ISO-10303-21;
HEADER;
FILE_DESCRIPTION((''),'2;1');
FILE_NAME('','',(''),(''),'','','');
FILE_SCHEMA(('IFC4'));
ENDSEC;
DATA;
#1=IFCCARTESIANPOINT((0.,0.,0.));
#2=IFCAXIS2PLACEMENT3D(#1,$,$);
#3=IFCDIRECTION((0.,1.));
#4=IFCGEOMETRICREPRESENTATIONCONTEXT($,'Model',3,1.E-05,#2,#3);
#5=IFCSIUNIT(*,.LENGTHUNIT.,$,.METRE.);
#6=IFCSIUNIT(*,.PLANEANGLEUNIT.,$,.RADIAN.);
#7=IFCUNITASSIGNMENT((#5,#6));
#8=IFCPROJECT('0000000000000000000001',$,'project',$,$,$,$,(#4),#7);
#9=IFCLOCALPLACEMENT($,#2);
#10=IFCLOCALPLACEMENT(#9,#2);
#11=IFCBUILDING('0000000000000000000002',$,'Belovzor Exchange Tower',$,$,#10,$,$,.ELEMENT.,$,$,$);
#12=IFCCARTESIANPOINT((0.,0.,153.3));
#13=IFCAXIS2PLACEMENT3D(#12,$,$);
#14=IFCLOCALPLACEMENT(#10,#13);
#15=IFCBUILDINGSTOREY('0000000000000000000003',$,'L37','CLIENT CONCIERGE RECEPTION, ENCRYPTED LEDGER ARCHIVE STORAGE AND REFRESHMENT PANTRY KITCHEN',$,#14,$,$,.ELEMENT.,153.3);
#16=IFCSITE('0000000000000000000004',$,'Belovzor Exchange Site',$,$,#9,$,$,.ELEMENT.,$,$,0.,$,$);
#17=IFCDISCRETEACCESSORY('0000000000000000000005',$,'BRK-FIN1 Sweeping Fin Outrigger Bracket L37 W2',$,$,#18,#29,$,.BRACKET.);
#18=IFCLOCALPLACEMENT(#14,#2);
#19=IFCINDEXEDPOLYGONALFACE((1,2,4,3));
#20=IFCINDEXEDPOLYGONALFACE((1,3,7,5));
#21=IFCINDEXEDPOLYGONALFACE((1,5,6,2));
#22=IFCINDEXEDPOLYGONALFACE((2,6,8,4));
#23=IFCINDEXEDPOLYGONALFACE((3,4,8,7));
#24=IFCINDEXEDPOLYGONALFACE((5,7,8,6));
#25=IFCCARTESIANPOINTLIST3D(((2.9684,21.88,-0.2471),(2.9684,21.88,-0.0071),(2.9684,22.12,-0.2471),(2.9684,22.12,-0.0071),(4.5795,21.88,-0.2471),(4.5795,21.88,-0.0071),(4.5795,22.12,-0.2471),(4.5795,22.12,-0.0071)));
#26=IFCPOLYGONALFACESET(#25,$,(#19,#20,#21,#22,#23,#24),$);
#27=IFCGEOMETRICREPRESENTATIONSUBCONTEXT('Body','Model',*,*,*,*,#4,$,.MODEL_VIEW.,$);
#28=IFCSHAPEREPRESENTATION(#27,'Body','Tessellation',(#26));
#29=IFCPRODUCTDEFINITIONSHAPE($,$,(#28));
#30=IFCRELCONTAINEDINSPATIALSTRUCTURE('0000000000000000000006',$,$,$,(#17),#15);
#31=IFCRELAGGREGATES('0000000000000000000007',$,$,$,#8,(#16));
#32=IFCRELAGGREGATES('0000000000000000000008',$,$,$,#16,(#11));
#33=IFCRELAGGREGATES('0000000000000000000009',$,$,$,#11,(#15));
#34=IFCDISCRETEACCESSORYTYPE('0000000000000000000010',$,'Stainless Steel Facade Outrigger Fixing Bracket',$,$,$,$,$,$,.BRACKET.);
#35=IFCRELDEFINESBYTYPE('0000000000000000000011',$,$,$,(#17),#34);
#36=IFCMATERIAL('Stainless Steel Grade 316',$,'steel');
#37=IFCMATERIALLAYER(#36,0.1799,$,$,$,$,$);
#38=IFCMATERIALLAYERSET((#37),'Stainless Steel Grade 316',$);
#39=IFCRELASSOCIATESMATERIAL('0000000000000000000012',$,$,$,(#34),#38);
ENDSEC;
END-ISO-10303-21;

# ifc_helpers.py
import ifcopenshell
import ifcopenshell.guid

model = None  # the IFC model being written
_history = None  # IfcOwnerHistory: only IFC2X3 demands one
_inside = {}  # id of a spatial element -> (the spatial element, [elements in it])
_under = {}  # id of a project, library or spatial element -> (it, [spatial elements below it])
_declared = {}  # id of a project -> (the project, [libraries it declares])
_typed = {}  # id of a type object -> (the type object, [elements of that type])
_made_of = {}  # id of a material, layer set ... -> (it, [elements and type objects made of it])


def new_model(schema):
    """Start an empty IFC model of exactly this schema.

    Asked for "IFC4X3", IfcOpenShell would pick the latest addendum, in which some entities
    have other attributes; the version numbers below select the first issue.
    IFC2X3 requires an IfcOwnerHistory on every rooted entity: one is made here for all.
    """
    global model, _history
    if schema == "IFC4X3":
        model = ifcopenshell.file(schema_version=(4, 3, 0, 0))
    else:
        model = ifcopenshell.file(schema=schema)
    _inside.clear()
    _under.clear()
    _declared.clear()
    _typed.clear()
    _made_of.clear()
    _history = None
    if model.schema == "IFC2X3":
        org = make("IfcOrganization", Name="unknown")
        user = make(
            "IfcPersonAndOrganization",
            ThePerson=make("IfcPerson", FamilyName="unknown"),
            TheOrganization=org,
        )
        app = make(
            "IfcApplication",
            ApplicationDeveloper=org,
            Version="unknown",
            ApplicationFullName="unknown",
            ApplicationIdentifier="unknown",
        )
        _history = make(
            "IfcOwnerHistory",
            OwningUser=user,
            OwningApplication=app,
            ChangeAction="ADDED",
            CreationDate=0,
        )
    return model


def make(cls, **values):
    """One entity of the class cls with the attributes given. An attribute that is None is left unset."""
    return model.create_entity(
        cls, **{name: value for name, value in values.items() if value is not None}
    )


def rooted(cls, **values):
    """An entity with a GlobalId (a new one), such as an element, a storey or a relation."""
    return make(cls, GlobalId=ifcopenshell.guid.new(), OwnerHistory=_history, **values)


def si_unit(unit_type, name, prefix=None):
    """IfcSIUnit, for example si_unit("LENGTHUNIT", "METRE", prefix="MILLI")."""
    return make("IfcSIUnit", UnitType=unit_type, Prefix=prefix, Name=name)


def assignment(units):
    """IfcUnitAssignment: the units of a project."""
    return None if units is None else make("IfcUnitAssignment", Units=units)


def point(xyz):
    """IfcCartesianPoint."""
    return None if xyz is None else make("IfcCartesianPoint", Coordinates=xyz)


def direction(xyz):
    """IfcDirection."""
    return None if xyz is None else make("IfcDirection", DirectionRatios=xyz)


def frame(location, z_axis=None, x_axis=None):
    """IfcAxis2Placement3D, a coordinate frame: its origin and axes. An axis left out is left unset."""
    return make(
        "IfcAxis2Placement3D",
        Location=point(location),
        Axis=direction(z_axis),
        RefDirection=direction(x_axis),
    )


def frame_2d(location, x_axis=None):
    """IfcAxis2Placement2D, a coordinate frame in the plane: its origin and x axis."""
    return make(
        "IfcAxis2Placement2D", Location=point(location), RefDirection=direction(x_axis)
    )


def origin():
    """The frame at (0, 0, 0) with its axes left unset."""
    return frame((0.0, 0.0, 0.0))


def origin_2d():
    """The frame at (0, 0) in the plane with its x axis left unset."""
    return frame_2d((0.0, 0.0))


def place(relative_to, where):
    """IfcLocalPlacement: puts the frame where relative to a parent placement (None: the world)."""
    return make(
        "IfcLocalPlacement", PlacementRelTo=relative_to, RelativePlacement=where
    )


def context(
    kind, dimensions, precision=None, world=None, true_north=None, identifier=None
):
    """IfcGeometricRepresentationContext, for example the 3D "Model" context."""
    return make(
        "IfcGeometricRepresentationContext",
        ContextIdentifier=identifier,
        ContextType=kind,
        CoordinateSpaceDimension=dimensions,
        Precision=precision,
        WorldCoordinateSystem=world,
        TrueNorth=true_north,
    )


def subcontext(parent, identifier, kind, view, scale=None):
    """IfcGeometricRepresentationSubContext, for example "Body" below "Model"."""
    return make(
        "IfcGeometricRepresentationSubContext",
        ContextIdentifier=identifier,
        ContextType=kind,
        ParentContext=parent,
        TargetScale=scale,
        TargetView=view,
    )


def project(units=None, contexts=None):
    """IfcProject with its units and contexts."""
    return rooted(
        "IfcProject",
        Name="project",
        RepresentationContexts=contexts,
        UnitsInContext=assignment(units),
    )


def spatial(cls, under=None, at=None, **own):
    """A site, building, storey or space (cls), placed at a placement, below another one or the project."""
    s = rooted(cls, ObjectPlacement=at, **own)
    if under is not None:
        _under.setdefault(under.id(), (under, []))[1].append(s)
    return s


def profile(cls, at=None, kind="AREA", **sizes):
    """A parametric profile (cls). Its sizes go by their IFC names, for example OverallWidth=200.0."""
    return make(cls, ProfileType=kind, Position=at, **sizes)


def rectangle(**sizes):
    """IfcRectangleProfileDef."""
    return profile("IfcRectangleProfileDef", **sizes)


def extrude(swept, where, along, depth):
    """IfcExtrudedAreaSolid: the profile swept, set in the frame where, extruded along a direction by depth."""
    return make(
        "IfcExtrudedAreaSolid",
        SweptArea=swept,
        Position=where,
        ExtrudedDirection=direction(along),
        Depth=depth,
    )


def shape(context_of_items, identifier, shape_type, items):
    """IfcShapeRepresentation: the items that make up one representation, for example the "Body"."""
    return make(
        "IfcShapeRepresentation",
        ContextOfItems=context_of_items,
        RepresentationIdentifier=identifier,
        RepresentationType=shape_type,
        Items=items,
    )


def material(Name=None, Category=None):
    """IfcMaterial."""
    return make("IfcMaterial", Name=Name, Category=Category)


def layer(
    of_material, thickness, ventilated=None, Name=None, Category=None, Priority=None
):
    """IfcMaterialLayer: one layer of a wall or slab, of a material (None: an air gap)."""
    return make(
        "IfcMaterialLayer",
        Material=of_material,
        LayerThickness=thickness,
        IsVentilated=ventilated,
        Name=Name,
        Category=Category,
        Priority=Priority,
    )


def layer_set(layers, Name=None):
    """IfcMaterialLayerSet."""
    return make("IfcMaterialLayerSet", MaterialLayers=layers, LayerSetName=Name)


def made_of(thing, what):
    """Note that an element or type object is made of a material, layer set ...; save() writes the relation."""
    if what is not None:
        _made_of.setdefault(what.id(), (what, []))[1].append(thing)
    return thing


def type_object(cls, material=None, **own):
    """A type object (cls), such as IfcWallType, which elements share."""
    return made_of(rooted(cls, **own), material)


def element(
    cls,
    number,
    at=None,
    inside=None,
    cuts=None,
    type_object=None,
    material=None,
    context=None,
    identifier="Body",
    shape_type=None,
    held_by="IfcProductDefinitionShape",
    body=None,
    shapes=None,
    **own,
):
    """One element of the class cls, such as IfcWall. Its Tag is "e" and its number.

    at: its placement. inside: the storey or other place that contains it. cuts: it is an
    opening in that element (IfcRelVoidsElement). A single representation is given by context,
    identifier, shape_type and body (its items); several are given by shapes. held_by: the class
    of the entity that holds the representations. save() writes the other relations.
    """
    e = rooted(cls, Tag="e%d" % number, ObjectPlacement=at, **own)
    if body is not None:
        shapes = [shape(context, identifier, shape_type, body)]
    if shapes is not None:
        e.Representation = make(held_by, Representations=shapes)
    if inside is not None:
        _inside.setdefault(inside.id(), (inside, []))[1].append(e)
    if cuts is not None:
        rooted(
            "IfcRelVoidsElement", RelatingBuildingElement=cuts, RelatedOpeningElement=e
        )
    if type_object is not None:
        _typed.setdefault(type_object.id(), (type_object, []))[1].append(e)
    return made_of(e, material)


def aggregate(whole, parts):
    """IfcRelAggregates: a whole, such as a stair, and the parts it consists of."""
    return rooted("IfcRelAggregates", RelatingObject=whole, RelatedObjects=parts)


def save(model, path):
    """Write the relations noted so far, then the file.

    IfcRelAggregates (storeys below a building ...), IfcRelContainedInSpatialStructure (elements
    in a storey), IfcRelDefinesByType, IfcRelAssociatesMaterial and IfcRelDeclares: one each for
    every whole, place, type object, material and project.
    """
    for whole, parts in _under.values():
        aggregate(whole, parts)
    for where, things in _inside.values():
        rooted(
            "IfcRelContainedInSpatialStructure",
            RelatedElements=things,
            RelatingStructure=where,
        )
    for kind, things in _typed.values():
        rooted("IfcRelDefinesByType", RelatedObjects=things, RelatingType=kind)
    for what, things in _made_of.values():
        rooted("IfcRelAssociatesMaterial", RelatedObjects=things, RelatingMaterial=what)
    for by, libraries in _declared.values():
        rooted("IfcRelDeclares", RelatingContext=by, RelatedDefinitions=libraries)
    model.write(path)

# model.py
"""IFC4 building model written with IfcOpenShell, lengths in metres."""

from ifc_helpers import new_model, si_unit, direction, frame, origin, origin_2d, place, context, subcontext, project, spatial, rectangle, extrude, material, layer, layer_set, type_object, element, save


model = new_model("IFC4")

# Units and contexts
model_context = context("Model", 3, precision=1e-05, world=origin(), true_north=direction((0.0, 1.0)))
body_context = subcontext(model_context, "Body", "Model", "MODEL_VIEW")
ifc_project = project(units=[si_unit("LENGTHUNIT", "METRE"), si_unit("PLANEANGLEUNIT", "RADIAN")], contexts=[model_context])

# Site, building, storey
site_placement = place(None, origin())
site = spatial("IfcSite", under=ifc_project, at=site_placement, Name="Belovzor Exchange Site", CompositionType="ELEMENT", RefElevation=0.0)
building_placement = place(site_placement, origin())
building = spatial("IfcBuilding", under=site, at=building_placement, Name="Belovzor Exchange Tower", CompositionType="ELEMENT")
storey_placement = place(building_placement, frame((0.0, 0.0, 153.3)))
storey = spatial("IfcBuildingStorey", under=building, at=storey_placement, Name="L37", Description="CLIENT CONCIERGE RECEPTION, ENCRYPTED LEDGER ARCHIVE STORAGE AND REFRESHMENT PANTRY KITCHEN", CompositionType="ELEMENT", Elevation=153.3)

# Discrete accessory
ifc_material_1 = material(Name="Stainless Steel Grade 316", Category="steel")
ifc_layer_1 = layer(ifc_material_1, 0.1799)
ifc_layer_set_1 = layer_set([ifc_layer_1], Name="Stainless Steel Grade 316")
discrete_accessory_type = type_object("IfcDiscreteAccessoryType", Name="Stainless Steel Facade Outrigger Fixing Bracket", PredefinedType="BRACKET", material=ifc_layer_set_1)
for number, where, z_axis, x_axis, name in (
    (1, (3.7739, 22.0, -0.2471), (0.0, 0.0, 1.0), (1.0, 0.0, 0.0), "BRK-FIN1 Sweeping Fin Outrigger Bracket L37 W2"),
):
    element("IfcDiscreteAccessory", number, at=place(storey_placement, frame(where, z_axis=z_axis, x_axis=x_axis)), inside=storey, type_object=discrete_accessory_type, Name=name, PredefinedType="BRACKET", context=body_context, shape_type="SweptSolid", body=[
        extrude(rectangle(XDim=1.6111, YDim=0.24, at=origin_2d()), origin(), (0.0, 0.0, 1.0), 0.24),
    ])

save(model, "model.ifc")
